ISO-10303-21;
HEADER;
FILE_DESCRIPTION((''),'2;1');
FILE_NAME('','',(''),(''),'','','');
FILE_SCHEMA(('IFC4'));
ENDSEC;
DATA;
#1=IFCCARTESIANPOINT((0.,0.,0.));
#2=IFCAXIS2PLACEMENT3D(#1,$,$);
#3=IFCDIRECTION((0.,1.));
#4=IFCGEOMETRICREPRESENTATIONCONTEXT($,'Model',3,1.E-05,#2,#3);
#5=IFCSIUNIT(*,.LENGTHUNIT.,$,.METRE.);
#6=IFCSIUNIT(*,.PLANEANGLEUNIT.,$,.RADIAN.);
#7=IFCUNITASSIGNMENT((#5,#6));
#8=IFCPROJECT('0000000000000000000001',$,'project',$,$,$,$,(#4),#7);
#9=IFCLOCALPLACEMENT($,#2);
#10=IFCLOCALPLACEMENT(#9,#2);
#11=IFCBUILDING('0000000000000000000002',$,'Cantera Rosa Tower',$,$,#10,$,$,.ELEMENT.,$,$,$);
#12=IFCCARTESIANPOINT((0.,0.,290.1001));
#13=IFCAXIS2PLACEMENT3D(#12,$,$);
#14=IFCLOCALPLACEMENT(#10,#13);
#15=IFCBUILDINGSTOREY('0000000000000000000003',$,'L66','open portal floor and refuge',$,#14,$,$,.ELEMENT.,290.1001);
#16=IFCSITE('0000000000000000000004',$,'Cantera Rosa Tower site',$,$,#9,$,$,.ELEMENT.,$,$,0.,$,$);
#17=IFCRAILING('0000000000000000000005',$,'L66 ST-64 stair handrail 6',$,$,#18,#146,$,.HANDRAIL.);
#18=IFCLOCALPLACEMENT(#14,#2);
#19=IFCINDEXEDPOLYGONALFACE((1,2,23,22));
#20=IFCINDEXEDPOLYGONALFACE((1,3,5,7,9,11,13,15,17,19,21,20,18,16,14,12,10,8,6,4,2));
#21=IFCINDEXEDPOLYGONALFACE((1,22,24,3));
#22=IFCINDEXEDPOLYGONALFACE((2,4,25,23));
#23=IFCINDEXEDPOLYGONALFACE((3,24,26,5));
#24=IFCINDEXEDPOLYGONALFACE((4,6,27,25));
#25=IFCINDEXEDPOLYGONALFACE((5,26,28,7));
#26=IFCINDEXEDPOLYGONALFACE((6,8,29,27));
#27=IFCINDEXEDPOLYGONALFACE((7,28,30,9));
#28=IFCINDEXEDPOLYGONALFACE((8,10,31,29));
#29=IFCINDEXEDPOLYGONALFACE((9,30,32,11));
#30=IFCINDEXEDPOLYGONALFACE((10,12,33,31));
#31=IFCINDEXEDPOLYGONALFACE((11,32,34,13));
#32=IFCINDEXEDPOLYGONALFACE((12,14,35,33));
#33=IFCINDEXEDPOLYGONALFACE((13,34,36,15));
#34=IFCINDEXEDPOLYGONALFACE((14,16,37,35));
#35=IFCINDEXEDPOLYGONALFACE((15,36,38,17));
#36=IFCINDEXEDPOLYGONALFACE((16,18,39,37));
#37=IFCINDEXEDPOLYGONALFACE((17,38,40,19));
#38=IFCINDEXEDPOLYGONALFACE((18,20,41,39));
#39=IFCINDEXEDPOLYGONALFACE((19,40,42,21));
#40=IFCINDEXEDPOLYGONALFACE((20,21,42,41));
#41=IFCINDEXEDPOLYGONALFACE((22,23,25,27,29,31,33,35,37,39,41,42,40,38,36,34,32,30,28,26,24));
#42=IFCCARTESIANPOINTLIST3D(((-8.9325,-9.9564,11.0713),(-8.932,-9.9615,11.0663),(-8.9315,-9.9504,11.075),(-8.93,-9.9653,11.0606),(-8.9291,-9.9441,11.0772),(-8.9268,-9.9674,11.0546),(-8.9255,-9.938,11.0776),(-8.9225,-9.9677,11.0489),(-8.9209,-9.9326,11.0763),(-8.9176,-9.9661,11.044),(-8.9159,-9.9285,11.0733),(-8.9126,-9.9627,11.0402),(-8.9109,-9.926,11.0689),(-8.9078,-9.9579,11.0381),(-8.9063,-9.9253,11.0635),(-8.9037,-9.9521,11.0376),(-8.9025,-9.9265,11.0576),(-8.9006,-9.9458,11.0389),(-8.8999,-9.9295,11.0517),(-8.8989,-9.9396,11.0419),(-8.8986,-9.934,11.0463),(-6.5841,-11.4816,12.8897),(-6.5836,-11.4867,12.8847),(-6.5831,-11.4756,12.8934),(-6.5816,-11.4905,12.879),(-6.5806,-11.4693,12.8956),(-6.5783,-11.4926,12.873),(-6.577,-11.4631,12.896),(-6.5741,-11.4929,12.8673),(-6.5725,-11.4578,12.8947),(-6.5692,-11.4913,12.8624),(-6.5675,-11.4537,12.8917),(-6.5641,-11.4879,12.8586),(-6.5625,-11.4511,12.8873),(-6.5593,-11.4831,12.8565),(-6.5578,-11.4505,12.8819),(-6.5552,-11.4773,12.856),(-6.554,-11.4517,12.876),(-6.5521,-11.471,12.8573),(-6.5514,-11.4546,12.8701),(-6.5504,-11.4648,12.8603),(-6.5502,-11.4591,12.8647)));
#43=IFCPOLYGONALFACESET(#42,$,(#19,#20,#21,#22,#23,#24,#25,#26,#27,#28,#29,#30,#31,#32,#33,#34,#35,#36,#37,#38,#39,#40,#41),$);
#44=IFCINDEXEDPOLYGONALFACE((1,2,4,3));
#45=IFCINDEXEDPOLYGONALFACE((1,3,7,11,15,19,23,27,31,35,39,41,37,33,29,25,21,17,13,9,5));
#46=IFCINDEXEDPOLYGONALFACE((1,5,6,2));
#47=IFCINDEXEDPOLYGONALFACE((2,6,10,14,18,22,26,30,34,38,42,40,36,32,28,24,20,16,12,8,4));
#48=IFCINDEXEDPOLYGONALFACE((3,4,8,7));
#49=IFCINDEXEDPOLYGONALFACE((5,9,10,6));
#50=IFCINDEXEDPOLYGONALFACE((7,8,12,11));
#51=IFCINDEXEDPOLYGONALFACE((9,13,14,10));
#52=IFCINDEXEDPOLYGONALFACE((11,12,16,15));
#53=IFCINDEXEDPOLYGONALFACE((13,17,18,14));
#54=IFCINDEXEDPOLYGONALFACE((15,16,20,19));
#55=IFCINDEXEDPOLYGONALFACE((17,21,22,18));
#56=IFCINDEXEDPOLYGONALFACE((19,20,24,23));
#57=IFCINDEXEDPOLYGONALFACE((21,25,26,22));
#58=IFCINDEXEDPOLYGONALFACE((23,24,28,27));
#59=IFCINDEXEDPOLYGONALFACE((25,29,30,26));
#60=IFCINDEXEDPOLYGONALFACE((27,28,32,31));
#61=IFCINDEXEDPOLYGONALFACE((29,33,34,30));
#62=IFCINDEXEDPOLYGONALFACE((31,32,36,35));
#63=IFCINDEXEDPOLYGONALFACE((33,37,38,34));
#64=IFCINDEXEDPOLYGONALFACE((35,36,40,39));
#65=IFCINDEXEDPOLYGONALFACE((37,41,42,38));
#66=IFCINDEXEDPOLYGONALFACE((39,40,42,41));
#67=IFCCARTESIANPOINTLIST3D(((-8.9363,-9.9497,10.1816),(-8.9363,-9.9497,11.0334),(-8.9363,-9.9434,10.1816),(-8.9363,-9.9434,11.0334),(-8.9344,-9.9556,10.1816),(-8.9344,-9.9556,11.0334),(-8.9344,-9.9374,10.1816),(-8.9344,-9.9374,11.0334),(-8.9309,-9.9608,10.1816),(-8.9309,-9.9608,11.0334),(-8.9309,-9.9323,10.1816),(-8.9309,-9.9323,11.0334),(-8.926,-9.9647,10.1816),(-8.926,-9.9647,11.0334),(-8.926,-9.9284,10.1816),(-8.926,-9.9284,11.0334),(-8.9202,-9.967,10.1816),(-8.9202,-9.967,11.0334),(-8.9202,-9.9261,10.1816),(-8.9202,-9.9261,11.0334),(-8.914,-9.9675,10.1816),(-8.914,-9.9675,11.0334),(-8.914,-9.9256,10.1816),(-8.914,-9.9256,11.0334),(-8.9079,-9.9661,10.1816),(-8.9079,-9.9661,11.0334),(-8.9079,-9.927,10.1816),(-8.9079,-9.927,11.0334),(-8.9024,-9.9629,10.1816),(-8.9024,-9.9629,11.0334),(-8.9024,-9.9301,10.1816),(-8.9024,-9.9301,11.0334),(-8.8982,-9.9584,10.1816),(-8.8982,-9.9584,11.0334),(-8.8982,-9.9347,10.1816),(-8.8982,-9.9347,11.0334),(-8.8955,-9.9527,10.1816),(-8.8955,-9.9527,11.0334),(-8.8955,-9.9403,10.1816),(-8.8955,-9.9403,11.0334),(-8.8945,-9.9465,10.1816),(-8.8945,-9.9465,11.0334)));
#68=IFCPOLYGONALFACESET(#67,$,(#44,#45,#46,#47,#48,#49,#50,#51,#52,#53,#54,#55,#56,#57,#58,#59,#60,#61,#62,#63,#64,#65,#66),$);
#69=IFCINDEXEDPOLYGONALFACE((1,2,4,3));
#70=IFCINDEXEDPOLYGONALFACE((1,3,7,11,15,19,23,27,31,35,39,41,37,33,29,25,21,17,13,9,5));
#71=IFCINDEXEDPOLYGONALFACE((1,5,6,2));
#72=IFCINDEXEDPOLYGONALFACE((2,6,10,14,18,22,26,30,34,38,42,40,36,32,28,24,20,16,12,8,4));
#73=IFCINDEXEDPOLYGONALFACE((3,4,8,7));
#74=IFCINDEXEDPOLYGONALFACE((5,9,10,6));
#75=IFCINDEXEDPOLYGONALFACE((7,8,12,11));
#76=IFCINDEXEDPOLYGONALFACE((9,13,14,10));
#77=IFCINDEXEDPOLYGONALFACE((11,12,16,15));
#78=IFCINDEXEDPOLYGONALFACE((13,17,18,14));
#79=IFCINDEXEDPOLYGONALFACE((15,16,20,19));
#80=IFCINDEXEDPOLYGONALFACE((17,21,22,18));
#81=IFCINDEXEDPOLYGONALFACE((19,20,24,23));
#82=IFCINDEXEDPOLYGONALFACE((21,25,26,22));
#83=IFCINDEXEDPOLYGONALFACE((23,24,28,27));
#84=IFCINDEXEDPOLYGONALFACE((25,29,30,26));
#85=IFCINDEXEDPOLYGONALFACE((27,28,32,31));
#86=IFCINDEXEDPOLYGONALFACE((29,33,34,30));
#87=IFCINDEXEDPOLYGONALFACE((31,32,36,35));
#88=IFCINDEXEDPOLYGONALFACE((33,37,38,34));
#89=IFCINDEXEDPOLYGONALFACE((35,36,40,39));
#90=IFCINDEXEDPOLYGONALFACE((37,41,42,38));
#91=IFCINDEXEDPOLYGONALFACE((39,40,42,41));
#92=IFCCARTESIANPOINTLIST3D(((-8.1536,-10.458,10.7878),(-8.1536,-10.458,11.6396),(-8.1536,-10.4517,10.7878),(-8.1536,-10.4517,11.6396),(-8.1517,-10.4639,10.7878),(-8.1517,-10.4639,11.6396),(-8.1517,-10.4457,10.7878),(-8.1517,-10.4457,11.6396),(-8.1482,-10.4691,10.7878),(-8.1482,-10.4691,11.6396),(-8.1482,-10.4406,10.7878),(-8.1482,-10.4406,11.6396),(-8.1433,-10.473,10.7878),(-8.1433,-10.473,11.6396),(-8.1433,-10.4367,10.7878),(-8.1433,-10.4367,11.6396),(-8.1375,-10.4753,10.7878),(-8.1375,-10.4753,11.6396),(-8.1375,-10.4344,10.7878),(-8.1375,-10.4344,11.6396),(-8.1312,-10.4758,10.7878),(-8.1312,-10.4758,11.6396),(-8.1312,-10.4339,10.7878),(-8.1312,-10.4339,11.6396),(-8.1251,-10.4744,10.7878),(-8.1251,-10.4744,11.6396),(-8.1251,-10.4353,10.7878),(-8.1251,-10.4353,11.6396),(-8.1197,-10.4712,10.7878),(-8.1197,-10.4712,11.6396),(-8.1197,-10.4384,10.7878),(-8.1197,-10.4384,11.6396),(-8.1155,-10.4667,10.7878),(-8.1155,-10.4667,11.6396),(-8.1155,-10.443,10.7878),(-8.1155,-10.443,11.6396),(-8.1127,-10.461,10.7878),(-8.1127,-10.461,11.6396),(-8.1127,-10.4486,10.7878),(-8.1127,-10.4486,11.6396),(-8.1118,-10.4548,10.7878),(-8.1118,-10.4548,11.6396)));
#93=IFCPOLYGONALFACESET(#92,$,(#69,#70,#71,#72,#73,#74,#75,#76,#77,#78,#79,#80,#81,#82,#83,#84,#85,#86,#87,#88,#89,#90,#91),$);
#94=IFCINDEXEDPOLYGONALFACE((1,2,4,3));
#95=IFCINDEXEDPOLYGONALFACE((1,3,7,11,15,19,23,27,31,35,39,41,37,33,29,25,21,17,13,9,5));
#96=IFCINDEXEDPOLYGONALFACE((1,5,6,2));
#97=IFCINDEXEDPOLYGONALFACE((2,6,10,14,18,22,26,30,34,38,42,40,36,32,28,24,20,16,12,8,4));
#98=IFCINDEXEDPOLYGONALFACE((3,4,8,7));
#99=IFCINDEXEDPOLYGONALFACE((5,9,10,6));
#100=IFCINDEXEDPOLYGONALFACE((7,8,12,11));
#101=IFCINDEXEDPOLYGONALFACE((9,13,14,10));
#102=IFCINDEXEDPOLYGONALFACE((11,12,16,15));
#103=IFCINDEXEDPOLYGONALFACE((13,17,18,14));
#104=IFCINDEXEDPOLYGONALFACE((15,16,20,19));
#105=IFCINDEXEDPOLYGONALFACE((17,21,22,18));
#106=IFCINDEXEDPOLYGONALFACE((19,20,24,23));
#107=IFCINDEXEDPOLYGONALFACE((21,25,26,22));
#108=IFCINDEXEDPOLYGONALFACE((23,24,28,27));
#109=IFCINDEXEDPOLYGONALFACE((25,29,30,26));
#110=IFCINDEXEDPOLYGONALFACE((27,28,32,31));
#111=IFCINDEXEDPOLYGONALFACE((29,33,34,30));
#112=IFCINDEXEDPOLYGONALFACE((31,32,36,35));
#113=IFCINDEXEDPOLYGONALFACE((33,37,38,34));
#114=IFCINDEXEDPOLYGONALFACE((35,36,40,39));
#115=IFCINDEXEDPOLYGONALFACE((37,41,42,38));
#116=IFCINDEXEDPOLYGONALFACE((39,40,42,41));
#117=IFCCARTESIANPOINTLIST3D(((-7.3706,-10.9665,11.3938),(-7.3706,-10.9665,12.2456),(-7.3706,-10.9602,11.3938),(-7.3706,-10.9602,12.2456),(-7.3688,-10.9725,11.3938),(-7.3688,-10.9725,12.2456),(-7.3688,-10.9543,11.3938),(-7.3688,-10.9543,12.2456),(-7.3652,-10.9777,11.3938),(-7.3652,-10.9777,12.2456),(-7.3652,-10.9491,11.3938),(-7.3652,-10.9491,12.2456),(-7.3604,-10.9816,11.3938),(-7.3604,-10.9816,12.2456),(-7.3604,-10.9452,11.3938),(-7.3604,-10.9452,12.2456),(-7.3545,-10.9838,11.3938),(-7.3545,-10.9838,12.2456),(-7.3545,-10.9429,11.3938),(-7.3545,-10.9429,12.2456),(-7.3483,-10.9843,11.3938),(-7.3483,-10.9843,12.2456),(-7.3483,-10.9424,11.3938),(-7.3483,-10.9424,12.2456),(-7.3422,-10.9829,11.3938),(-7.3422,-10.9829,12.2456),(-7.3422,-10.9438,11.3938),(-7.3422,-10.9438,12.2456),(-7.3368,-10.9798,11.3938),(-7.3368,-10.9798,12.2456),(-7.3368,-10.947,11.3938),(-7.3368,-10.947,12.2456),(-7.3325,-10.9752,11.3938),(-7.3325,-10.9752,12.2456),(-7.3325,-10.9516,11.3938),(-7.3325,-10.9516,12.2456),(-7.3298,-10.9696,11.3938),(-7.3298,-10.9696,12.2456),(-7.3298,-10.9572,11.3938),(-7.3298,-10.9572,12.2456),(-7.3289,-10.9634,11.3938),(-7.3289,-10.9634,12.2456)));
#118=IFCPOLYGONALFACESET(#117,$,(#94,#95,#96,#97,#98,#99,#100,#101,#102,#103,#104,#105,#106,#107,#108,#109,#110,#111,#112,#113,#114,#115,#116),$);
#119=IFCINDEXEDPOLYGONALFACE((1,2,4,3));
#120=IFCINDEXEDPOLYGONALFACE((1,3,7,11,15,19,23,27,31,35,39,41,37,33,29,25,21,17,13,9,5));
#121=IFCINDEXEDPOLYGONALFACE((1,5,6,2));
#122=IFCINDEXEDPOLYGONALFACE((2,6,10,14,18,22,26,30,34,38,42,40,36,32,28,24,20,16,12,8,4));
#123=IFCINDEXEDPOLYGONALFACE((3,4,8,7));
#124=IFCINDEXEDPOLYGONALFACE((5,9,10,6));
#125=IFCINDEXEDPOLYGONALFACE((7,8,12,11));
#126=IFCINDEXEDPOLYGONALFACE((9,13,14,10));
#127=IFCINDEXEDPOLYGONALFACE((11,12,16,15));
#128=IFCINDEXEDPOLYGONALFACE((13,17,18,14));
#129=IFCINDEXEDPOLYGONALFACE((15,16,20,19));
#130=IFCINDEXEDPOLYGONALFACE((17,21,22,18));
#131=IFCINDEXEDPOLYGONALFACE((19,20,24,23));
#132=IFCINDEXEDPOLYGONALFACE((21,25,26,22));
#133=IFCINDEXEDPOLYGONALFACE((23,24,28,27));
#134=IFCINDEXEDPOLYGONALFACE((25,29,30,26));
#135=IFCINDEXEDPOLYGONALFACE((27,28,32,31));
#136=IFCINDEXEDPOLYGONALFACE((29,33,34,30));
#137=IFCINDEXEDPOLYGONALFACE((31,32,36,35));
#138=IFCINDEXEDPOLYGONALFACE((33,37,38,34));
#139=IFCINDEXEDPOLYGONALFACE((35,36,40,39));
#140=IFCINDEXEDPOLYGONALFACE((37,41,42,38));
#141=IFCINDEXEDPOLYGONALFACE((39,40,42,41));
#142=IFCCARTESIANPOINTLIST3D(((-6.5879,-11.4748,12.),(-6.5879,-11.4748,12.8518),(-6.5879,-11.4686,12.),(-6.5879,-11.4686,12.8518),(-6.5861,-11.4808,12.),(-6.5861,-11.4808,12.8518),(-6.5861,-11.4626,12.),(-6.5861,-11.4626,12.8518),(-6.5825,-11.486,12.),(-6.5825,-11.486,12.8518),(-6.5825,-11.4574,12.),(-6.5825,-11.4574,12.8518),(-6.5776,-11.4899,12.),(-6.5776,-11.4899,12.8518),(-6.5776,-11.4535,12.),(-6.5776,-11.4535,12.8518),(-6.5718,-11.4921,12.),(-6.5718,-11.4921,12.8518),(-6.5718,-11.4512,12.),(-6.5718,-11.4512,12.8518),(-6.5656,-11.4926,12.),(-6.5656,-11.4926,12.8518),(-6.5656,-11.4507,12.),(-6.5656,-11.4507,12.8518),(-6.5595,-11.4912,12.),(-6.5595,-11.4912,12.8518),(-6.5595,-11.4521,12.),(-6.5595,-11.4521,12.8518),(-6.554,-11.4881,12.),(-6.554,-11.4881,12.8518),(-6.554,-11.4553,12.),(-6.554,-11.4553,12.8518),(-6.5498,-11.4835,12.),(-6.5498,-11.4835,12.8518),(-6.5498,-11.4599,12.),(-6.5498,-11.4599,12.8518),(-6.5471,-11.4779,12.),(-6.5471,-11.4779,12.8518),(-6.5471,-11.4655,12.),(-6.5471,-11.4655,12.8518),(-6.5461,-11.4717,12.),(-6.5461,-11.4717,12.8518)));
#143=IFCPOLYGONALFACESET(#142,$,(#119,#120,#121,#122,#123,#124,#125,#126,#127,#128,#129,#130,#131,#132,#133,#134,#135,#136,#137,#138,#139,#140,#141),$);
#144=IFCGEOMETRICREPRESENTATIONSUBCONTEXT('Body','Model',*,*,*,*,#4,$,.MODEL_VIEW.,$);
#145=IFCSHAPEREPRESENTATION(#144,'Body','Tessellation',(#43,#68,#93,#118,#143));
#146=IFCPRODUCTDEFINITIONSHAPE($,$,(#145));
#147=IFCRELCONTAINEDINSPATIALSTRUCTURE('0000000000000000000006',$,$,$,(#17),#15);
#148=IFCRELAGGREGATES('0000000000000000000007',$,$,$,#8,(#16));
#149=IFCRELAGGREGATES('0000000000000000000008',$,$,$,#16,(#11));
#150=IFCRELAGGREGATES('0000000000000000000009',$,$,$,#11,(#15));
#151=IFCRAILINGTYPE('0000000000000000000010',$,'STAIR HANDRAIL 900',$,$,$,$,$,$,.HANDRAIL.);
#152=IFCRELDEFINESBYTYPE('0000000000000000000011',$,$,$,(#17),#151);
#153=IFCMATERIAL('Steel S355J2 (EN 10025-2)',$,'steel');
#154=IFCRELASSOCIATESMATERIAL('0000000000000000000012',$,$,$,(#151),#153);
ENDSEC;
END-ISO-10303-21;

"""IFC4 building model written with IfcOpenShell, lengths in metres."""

from ifc_helpers import new_model, si_unit, direction, frame, origin, origin_2d, place, context, subcontext, project, spatial, circle, extrude, material, type_object, element, save


model = new_model("IFC4")

# Units and contexts
model_context = context("Model", 3, precision=1e-05, world=origin(), true_north=direction((0.0, 1.0)))
body_context = subcontext(model_context, "Body", "Model", "MODEL_VIEW")
ifc_project = project(units=[si_unit("LENGTHUNIT", "METRE"), si_unit("PLANEANGLEUNIT", "RADIAN")], contexts=[model_context])

# Site, building, storey
site_placement = place(None, origin())
site = spatial("IfcSite", under=ifc_project, at=site_placement, Name="Cantera Rosa Tower site", CompositionType="ELEMENT", RefElevation=0.0)
building_placement = place(site_placement, origin())
building = spatial("IfcBuilding", under=site, at=building_placement, Name="Cantera Rosa Tower", CompositionType="ELEMENT")
storey_placement = place(building_placement, frame((0.0, 0.0, 290.1001)))
storey = spatial("IfcBuildingStorey", under=building, at=storey_placement, Name="L66", Description="open portal floor and refuge", CompositionType="ELEMENT", Elevation=290.1001)

# Railing
ifc_material_1 = material(Name="Steel S355J2 (EN 10025-2)", Category="steel")
railing_type_1 = type_object("IfcRailingType", Name="STAIR HANDRAIL 900", PredefinedType="HANDRAIL", material=ifc_material_1)
for number, where, name in (
    (1, (-8.9155, -9.9465, 10.1816), "L66 ST-64 stair handrail 6"),
):
    element("IfcRailing", number, at=place(storey_placement, frame(where)), inside=storey, type_object=railing_type_1, Name=name, PredefinedType="HANDRAIL", context=body_context, shape_type="SweptSolid", body=[
        extrude(circle(Radius=0.0239, at=origin_2d()), frame((0.0, 0.0, 0.876), z_axis=(0.703368, -0.456798, 0.544618), x_axis=(0.54466, 0.838657, 0.0)), (0.0, 0.0, 1.0), 3.3389),
        extrude(circle(Radius=0.021, at=origin_2d()), origin(), (0.0, 0.0, 1.0), 0.8518),
        extrude(circle(Radius=0.021, at=origin_2d()), frame((0.7827, -0.5083, 0.6062)), (0.0, 0.0, 1.0), 0.8518),
        extrude(circle(Radius=0.021, at=origin_2d()), frame((1.5657, -1.0168, 1.2122)), (0.0, 0.0, 1.0), 0.8518),
        extrude(circle(Radius=0.021, at=origin_2d()), frame((2.3484, -1.5251, 1.8184)), (0.0, 0.0, 1.0), 0.8518),
    ])

save(model, "model.ifc")
